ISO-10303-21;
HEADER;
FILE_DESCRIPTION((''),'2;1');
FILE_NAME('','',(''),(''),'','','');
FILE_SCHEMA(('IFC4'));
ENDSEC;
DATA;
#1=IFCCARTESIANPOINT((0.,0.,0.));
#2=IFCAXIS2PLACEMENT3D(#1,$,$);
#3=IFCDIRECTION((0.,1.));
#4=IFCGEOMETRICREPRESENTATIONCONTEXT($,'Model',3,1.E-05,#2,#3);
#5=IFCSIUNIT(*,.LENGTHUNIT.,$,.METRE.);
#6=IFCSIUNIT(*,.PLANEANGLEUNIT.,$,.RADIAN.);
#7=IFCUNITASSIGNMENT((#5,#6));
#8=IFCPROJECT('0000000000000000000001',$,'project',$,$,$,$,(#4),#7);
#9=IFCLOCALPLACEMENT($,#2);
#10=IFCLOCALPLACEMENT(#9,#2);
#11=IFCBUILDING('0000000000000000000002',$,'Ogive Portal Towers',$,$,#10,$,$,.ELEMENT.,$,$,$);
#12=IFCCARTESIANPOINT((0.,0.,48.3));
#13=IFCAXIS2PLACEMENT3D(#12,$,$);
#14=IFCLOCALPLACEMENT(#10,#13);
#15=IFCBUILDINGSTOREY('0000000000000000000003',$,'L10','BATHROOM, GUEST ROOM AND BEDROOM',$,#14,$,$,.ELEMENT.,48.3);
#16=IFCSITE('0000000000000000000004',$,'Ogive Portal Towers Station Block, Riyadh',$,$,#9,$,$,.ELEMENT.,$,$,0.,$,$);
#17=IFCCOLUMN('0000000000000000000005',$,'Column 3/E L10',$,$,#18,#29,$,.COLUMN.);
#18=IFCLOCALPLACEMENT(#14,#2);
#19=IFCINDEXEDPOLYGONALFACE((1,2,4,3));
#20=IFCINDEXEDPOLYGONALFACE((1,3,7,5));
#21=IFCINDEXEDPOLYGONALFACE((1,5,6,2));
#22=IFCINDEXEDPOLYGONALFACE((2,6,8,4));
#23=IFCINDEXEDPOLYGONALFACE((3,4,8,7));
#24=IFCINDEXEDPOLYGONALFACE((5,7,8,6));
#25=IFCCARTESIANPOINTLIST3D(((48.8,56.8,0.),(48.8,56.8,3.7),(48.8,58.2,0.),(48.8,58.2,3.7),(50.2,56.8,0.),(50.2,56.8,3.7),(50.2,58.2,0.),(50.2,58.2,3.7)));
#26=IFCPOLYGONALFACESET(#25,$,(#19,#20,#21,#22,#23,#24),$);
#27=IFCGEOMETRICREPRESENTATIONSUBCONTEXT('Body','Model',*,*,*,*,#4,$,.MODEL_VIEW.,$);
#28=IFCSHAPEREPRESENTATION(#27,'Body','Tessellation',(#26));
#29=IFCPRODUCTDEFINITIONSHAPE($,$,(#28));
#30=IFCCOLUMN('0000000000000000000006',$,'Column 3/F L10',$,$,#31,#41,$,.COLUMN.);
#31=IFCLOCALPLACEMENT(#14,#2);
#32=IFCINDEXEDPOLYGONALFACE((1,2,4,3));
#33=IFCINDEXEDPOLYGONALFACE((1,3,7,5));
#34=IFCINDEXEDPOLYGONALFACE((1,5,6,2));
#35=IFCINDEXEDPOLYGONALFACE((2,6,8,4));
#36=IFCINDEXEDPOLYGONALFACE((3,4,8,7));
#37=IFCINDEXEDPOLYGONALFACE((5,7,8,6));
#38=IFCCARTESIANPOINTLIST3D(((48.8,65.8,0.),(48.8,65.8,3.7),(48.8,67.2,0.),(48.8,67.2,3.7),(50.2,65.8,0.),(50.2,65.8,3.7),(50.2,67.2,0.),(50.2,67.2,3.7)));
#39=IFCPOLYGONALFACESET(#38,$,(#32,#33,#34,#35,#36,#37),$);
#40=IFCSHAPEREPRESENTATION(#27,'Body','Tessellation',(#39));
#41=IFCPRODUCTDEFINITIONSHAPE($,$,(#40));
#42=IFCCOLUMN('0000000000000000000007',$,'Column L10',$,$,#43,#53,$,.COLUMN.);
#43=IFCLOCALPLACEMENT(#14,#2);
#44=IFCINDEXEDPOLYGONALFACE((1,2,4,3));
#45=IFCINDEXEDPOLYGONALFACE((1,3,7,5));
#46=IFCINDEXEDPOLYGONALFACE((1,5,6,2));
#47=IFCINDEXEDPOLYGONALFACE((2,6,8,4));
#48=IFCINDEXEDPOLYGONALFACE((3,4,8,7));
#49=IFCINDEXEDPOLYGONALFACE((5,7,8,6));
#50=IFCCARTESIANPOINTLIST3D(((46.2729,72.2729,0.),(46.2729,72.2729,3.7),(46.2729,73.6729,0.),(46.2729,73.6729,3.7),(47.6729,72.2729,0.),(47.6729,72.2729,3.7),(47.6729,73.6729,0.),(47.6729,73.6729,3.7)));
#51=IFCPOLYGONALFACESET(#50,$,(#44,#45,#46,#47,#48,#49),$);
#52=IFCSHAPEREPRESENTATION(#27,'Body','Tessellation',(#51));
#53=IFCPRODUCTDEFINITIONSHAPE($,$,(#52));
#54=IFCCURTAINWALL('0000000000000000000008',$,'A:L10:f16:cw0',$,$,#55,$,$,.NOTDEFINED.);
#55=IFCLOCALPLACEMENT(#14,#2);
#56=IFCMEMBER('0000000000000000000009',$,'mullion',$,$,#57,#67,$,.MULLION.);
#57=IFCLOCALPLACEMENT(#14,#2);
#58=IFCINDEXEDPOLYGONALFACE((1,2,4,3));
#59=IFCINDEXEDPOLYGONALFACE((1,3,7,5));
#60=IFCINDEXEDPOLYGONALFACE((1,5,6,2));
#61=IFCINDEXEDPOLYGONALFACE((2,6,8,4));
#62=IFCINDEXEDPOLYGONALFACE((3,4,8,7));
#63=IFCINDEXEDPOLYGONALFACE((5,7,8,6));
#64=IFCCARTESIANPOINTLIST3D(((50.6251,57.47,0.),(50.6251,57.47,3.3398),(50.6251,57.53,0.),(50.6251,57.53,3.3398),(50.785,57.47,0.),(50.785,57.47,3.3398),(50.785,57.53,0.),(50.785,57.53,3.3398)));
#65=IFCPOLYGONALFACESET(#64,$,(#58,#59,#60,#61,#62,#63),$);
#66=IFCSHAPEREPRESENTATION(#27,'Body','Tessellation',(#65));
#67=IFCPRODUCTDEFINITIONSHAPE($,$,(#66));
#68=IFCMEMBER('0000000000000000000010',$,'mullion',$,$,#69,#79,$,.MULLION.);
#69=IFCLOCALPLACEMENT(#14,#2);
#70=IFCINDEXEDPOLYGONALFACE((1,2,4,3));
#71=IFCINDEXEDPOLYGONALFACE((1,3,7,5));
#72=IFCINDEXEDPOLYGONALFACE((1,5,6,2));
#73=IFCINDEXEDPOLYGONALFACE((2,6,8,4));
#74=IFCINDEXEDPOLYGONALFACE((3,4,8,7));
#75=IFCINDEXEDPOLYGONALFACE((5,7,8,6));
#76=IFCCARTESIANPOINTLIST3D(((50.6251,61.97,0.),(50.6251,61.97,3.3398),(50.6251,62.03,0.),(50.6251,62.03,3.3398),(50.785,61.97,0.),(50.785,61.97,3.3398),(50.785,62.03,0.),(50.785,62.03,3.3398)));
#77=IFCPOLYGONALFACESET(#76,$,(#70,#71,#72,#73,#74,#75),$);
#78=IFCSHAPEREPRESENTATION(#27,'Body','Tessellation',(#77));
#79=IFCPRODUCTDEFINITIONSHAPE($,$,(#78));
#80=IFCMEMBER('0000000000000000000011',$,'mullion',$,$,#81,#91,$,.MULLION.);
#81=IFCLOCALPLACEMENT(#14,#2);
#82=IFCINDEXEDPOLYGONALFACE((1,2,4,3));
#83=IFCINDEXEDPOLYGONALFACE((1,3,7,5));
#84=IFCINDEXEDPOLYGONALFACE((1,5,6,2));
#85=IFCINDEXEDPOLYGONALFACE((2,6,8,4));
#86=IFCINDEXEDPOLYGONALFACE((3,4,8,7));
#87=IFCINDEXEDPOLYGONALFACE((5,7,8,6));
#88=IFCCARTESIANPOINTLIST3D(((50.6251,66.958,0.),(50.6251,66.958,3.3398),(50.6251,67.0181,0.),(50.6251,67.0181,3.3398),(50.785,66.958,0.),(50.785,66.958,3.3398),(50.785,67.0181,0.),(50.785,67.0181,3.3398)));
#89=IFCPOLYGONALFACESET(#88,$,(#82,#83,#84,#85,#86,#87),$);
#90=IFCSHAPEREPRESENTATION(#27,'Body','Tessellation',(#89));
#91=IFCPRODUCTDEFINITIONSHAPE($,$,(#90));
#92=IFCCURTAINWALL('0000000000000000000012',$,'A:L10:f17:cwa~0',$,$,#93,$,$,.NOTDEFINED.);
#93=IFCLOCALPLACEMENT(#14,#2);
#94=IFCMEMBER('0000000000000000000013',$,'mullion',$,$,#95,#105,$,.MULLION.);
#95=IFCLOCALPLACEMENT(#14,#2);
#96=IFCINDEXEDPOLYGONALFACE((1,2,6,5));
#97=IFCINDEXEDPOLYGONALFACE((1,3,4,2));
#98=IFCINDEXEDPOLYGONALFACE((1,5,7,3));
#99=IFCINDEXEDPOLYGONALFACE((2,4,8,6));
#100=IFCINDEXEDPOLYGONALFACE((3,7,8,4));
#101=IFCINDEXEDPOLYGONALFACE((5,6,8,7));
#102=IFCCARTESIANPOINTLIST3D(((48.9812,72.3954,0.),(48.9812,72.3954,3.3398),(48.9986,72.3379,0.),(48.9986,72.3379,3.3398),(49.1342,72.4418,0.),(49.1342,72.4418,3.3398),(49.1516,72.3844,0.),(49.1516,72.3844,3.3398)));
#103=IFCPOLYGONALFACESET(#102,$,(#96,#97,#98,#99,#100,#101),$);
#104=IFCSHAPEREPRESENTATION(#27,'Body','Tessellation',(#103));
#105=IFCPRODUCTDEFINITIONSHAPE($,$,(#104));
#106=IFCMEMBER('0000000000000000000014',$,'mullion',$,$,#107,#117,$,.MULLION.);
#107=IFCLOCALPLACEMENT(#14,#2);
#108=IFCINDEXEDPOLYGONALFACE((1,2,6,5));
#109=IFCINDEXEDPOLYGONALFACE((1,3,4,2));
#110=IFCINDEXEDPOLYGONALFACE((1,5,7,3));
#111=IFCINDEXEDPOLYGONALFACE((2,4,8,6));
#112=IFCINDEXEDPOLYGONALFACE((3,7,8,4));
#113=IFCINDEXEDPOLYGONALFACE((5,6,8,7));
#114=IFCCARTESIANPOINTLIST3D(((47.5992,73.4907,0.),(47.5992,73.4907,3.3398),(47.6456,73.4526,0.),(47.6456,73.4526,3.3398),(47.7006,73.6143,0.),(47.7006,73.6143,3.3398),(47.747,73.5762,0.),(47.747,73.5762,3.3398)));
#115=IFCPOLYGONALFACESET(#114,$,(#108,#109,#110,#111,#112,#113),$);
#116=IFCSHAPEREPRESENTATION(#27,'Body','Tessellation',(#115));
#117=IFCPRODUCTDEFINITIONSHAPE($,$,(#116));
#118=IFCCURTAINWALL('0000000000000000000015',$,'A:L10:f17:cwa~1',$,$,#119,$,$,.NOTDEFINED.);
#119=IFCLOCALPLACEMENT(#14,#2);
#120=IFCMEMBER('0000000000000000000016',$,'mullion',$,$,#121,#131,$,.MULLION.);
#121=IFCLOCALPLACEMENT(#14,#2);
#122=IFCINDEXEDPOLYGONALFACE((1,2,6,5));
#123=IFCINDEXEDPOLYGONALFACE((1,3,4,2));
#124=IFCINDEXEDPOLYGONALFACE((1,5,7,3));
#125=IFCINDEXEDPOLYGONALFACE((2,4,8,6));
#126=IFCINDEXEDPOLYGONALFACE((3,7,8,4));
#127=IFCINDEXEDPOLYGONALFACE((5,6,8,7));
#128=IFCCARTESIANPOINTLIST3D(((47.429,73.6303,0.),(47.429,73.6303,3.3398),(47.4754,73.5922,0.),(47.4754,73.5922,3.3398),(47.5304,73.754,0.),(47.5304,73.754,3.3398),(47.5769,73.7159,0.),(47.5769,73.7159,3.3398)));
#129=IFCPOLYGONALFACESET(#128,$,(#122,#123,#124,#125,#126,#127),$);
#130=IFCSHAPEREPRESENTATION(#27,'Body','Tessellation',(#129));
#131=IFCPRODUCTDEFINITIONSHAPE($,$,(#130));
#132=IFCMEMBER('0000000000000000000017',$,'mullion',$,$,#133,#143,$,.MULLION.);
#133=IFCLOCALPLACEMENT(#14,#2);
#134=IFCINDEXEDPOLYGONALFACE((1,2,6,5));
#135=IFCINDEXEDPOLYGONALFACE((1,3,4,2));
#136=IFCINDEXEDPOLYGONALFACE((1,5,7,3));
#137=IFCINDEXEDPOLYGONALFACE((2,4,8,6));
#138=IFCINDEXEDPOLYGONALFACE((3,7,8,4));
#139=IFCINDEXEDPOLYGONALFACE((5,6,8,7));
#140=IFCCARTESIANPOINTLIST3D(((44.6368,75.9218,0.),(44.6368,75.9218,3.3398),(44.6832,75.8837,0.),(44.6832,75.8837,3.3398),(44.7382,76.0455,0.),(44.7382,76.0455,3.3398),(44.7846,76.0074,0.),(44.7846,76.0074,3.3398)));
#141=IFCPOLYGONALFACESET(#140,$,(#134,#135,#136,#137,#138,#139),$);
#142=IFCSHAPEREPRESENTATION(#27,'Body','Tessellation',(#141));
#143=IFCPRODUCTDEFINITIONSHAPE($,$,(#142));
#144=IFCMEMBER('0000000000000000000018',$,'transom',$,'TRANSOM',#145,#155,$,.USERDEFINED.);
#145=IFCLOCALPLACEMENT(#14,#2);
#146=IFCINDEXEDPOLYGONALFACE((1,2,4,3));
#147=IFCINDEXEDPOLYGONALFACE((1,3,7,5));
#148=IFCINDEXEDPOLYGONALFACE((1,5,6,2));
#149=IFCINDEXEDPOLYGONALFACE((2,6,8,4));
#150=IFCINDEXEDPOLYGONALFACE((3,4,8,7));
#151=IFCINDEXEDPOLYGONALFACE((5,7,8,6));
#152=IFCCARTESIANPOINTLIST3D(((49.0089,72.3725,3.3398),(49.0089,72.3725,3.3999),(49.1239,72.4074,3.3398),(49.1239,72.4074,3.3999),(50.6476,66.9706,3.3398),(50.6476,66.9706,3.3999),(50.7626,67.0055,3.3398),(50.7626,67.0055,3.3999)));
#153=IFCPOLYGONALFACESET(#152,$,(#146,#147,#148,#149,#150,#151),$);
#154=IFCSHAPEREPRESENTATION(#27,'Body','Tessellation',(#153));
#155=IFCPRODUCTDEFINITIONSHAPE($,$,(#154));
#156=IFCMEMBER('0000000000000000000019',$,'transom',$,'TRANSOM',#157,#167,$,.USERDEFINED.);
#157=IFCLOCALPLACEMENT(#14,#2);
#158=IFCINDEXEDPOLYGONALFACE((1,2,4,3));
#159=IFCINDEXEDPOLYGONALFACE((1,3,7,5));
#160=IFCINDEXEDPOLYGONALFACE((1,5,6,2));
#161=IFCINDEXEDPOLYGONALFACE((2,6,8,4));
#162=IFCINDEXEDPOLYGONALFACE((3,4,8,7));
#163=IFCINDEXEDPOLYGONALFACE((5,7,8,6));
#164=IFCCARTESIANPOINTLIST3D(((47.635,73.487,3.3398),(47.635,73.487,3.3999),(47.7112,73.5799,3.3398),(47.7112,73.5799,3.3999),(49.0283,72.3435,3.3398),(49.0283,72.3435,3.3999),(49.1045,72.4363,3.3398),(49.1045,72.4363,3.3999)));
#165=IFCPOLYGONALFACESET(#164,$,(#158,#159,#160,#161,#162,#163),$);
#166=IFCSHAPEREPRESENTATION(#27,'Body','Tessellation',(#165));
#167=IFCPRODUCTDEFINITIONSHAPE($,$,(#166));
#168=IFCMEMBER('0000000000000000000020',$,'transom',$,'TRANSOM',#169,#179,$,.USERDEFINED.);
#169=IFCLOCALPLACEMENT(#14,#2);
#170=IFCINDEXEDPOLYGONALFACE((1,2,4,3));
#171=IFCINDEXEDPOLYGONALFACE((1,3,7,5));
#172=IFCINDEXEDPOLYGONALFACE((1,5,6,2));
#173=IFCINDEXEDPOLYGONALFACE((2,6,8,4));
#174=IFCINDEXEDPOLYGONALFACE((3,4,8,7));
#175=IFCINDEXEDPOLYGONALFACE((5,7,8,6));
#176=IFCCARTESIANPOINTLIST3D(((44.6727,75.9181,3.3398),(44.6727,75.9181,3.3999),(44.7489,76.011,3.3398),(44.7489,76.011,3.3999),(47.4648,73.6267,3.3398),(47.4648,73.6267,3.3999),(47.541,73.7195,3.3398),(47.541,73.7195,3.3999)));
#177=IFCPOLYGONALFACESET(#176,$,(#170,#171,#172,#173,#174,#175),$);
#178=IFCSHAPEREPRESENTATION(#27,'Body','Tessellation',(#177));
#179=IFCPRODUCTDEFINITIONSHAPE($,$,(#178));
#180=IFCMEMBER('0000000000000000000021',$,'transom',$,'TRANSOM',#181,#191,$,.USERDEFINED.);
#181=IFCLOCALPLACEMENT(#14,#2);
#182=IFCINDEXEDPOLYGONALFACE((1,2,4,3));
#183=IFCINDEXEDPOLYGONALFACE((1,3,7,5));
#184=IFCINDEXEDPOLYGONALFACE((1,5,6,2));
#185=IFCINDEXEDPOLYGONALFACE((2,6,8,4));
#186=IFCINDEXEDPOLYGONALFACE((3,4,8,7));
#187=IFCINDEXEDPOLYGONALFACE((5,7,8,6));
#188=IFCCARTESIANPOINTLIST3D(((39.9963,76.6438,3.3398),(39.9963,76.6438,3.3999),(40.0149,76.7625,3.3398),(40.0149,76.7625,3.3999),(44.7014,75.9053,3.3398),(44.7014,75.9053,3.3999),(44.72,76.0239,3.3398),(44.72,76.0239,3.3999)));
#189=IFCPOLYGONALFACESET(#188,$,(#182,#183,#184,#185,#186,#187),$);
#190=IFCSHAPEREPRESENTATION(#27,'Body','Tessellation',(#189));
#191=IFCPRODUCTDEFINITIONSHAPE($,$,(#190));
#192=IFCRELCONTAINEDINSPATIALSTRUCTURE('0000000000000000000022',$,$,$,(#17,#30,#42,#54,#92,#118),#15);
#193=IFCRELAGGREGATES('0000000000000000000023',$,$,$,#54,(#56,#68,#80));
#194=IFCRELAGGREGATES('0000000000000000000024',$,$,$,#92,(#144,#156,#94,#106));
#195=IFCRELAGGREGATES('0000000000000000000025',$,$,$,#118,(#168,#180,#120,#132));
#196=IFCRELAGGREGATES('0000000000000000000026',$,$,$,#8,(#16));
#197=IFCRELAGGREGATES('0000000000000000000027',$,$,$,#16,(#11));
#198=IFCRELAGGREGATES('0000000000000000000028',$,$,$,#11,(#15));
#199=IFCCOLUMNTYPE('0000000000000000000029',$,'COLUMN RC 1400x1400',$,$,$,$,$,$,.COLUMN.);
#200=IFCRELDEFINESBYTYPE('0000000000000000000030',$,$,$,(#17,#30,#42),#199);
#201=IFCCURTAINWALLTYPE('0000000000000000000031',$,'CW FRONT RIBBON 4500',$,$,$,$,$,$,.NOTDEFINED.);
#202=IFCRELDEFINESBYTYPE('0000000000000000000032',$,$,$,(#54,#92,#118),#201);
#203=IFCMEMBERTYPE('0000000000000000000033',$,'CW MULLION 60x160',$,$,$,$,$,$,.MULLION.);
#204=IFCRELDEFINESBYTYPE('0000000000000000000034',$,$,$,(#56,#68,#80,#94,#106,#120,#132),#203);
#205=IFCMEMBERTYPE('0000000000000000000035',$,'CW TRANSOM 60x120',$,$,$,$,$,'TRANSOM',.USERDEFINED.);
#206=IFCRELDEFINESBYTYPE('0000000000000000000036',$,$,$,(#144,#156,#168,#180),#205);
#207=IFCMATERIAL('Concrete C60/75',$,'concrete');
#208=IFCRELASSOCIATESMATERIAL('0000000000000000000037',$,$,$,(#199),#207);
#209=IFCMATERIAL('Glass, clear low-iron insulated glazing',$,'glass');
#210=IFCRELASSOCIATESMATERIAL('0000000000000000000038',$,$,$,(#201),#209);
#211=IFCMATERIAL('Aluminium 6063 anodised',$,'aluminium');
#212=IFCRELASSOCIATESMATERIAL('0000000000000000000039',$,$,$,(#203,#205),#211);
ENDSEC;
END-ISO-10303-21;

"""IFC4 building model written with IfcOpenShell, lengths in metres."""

from ifc_helpers import new_model, si_unit, direction, frame, origin, origin_2d, place, context, subcontext, project, spatial, rectangle, extrude, material, material_profile, profile_set, type_object, element, aggregate, save


model = new_model("IFC4")

# Units and contexts
model_context = context("Model", 3, precision=1e-05, world=origin(), true_north=direction((0.0, 1.0)))
body_context = subcontext(model_context, "Body", "Model", "MODEL_VIEW")
ifc_project = project(units=[si_unit("LENGTHUNIT", "METRE"), si_unit("PLANEANGLEUNIT", "RADIAN")], contexts=[model_context])

# Site, building, storey
site_placement = place(None, origin())
site = spatial("IfcSite", under=ifc_project, at=site_placement, Name="Ogive Portal Towers Station Block, Riyadh", CompositionType="ELEMENT", RefElevation=0.0)
building_placement = place(site_placement, origin())
building = spatial("IfcBuilding", under=site, at=building_placement, Name="Ogive Portal Towers", CompositionType="ELEMENT")
storey_placement = place(building_placement, frame((0.0, 0.0, 48.3)))
storey = spatial("IfcBuildingStorey", under=building, at=storey_placement, Name="L10", Description="BATHROOM, GUEST ROOM AND BEDROOM", CompositionType="ELEMENT", Elevation=48.3)

# Columns
ifc_material_1 = material(Name="Concrete C60/75", Category="concrete")
ifc_material_profile_1 = material_profile(ifc_material_1, rectangle(XDim=1.3999, YDim=1.3999, at=origin_2d()), Name="RC 1400x1400")
ifc_profile_set_1 = profile_set([ifc_material_profile_1], Name="Concrete C60/75")
column_type = type_object("IfcColumnType", Name="COLUMN RC 1400x1400", PredefinedType="COLUMN", material=ifc_profile_set_1)
for number, where, z_axis, x_axis, name in (
    (1, (49.5, 57.5, 0.0), (0.0, 0.0, 1.0), (1.0, 0.0, 0.0), "Column 3/E L10"),
    (2, (49.5, 66.5, 0.0), (0.0, 0.0, 1.0), (1.0, 0.0, 0.0), "Column 3/F L10"),
    (3, (46.9729, 72.9729, 0.0), (0.0, 0.0, 1.0), (1.0, 0.0, 0.0), "Column L10"),
):
    element("IfcColumn", number, at=place(storey_placement, frame(where, z_axis=z_axis, x_axis=x_axis)), inside=storey, type_object=column_type, Name=name, PredefinedType="COLUMN", context=body_context, shape_type="SweptSolid", body=[
        extrude(rectangle(XDim=1.3999, YDim=1.3999, at=origin_2d()), origin(), (0.0, 0.0, 1.0), 3.7),
    ])

# Curtain walls, members
ifc_material_2 = material(Name="Glass, clear low-iron insulated glazing", Category="glass")
curtain_wall_type = type_object("IfcCurtainWallType", Name="CW FRONT RIBBON 4500", PredefinedType="NOTDEFINED", material=ifc_material_2)
curtain_wall_1_placement = place(storey_placement, origin())
curtain_wall_1 = element("IfcCurtainWall", 4, at=curtain_wall_1_placement, inside=storey, type_object=curtain_wall_type, Name="A:L10:f16:cw0", PredefinedType="NOTDEFINED")
ifc_material_3 = material(Name="Aluminium 6063 anodised", Category="aluminium")
ifc_material_profile_2 = material_profile(ifc_material_3, rectangle(XDim=0.1599, YDim=0.0601, at=origin_2d()), Name="AL 60x160")
ifc_profile_set_2 = profile_set([ifc_material_profile_2], Name="Aluminium 6063 anodised")
member_type_1 = type_object("IfcMemberType", Name="CW MULLION 60x160", PredefinedType="MULLION", material=ifc_profile_set_2)
member_1_placement = place(storey_placement, frame((50.7051, 57.5, 0.0), z_axis=(0.0, 0.0, 1.0), x_axis=(-1.0, 0.0, 0.0)))
member_1 = element("IfcMember", 5, at=member_1_placement, type_object=member_type_1, Name="mullion", PredefinedType="MULLION", context=body_context, shape_type="SweptSolid", body=[
    extrude(rectangle(XDim=0.1599, YDim=0.0601, at=origin_2d()), origin(), (0.0, 0.0, 1.0), 3.3398),
])
member_2_placement = place(storey_placement, frame((50.7051, 62.0, 0.0), z_axis=(0.0, 0.0, 1.0), x_axis=(-1.0, 0.0, 0.0)))
member_2 = element("IfcMember", 6, at=member_2_placement, type_object=member_type_1, Name="mullion", PredefinedType="MULLION", context=body_context, shape_type="SweptSolid", body=[
    extrude(rectangle(XDim=0.1599, YDim=0.0601, at=origin_2d()), origin(), (0.0, 0.0, 1.0), 3.3398),
])
member_3_placement = place(storey_placement, frame((50.7051, 66.988, 0.0), z_axis=(0.0, 0.0, 1.0), x_axis=(-1.0, 0.0, 0.0)))
member_3 = element("IfcMember", 7, at=member_3_placement, type_object=member_type_1, Name="mullion", PredefinedType="MULLION", context=body_context, shape_type="SweptSolid", body=[
    extrude(rectangle(XDim=0.1599, YDim=0.0601, at=origin_2d()), origin(), (0.0, 0.0, 1.0), 3.3398),
])
curtain_wall_2_placement = place(storey_placement, origin())
curtain_wall_2 = element("IfcCurtainWall", 8, at=curtain_wall_2_placement, inside=storey, type_object=curtain_wall_type, Name="A:L10:f17:cwa~0", PredefinedType="NOTDEFINED")
member_4_placement = place(storey_placement, frame((49.0664, 72.3899, 0.0), z_axis=(0.0, 0.0, 1.0), x_axis=(-0.95694, -0.290285, 0.0)))
member_4 = element("IfcMember", 9, at=member_4_placement, type_object=member_type_1, Name="mullion", PredefinedType="MULLION", context=body_context, shape_type="SweptSolid", body=[
    extrude(rectangle(XDim=0.1599, YDim=0.0601, at=origin_2d()), origin(), (0.0, 0.0, 1.0), 3.3398),
])
member_5_placement = place(storey_placement, frame((47.6731, 73.5334, 0.0), z_axis=(0.0, 0.0, 1.0), x_axis=(-0.634393, -0.77301, 0.0)))
member_5 = element("IfcMember", 10, at=member_5_placement, type_object=member_type_1, Name="mullion", PredefinedType="MULLION", context=body_context, shape_type="SweptSolid", body=[
    extrude(rectangle(XDim=0.1599, YDim=0.0601, at=origin_2d()), origin(), (0.0, 0.0, 1.0), 3.3398),
])
curtain_wall_3_placement = place(storey_placement, origin())
curtain_wall_3 = element("IfcCurtainWall", 11, at=curtain_wall_3_placement, inside=storey, type_object=curtain_wall_type, Name="A:L10:f17:cwa~1", PredefinedType="NOTDEFINED")
member_6_placement = place(storey_placement, frame((47.5029, 73.6731, 0.0), z_axis=(0.0, 0.0, 1.0), x_axis=(-0.634393, -0.77301, 0.0)))
member_6 = element("IfcMember", 12, at=member_6_placement, type_object=member_type_1, Name="mullion", PredefinedType="MULLION", context=body_context, shape_type="SweptSolid", body=[
    extrude(rectangle(XDim=0.1599, YDim=0.0601, at=origin_2d()), origin(), (0.0, 0.0, 1.0), 3.3398),
])
member_7_placement = place(storey_placement, frame((44.7107, 75.9646, 0.0), z_axis=(0.0, 0.0, 1.0), x_axis=(-0.634393, -0.77301, 0.0)))
member_7 = element("IfcMember", 13, at=member_7_placement, type_object=member_type_1, Name="mullion", PredefinedType="MULLION", context=body_context, shape_type="SweptSolid", body=[
    extrude(rectangle(XDim=0.1599, YDim=0.0601, at=origin_2d()), origin(), (0.0, 0.0, 1.0), 3.3398),
])

# Members
ifc_material_profile_3 = material_profile(ifc_material_3, rectangle(XDim=0.1201, YDim=0.0601, at=origin_2d()), Name="AL 120x60")
ifc_profile_set_3 = profile_set([ifc_material_profile_3], Name="Aluminium 6063 anodised")
member_type_2 = type_object("IfcMemberType", Name="CW TRANSOM 60x120", ElementType="TRANSOM", PredefinedType="USERDEFINED", material=ifc_profile_set_3)
member_8_placement = place(storey_placement, frame((50.7051, 66.988, 3.3699), z_axis=(-0.290291, 0.956939, 0.0), x_axis=(-0.956939, -0.290291, 0.0)))
member_8 = element("IfcMember", 14, at=member_8_placement, type_object=member_type_2, Name="transom", ObjectType="TRANSOM", PredefinedType="USERDEFINED", context=body_context, shape_type="SweptSolid", body=[
    extrude(rectangle(XDim=0.1201, YDim=0.0601, at=origin_2d()), origin(), (0.0, 0.0, 1.0), 5.645),
])
member_9_placement = place(storey_placement, frame((49.0664, 72.3899, 3.3699), z_axis=(-0.772985, 0.634425, 0.0), x_axis=(-0.634425, -0.772985, 0.0)))
member_9 = element("IfcMember", 15, at=member_9_placement, type_object=member_type_2, Name="transom", ObjectType="TRANSOM", PredefinedType="USERDEFINED", context=body_context, shape_type="SweptSolid", body=[
    extrude(rectangle(XDim=0.1201, YDim=0.0601, at=origin_2d()), origin(), (0.0, 0.0, 1.0), 1.8025),
])
member_10_placement = place(storey_placement, frame((47.5029, 73.6731, 3.3699), z_axis=(-0.773014, 0.634389, 0.0), x_axis=(-0.634389, -0.773014, 0.0)))
member_10 = element("IfcMember", 16, at=member_10_placement, type_object=member_type_2, Name="transom", ObjectType="TRANSOM", PredefinedType="USERDEFINED", context=body_context, shape_type="SweptSolid", body=[
    extrude(rectangle(XDim=0.1201, YDim=0.0601, at=origin_2d()), origin(), (0.0, 0.0, 1.0), 3.6121),
])
member_11_placement = place(storey_placement, frame((44.7107, 75.9646, 3.3699), z_axis=(-0.987904, 0.155065, 0.0), x_axis=(-0.155065, -0.987904, 0.0)))
member_11 = element("IfcMember", 17, at=member_11_placement, type_object=member_type_2, Name="transom", ObjectType="TRANSOM", PredefinedType="USERDEFINED", context=body_context, shape_type="SweptSolid", body=[
    extrude(rectangle(XDim=0.1201, YDim=0.0601, at=origin_2d()), origin(), (0.0, 0.0, 1.0), 4.7627),
])

aggregate(curtain_wall_1, [member_1, member_2, member_3])
aggregate(curtain_wall_2, [member_8, member_9, member_4, member_5])
aggregate(curtain_wall_3, [member_10, member_11, member_6, member_7])

save(model, "model.ifc")
